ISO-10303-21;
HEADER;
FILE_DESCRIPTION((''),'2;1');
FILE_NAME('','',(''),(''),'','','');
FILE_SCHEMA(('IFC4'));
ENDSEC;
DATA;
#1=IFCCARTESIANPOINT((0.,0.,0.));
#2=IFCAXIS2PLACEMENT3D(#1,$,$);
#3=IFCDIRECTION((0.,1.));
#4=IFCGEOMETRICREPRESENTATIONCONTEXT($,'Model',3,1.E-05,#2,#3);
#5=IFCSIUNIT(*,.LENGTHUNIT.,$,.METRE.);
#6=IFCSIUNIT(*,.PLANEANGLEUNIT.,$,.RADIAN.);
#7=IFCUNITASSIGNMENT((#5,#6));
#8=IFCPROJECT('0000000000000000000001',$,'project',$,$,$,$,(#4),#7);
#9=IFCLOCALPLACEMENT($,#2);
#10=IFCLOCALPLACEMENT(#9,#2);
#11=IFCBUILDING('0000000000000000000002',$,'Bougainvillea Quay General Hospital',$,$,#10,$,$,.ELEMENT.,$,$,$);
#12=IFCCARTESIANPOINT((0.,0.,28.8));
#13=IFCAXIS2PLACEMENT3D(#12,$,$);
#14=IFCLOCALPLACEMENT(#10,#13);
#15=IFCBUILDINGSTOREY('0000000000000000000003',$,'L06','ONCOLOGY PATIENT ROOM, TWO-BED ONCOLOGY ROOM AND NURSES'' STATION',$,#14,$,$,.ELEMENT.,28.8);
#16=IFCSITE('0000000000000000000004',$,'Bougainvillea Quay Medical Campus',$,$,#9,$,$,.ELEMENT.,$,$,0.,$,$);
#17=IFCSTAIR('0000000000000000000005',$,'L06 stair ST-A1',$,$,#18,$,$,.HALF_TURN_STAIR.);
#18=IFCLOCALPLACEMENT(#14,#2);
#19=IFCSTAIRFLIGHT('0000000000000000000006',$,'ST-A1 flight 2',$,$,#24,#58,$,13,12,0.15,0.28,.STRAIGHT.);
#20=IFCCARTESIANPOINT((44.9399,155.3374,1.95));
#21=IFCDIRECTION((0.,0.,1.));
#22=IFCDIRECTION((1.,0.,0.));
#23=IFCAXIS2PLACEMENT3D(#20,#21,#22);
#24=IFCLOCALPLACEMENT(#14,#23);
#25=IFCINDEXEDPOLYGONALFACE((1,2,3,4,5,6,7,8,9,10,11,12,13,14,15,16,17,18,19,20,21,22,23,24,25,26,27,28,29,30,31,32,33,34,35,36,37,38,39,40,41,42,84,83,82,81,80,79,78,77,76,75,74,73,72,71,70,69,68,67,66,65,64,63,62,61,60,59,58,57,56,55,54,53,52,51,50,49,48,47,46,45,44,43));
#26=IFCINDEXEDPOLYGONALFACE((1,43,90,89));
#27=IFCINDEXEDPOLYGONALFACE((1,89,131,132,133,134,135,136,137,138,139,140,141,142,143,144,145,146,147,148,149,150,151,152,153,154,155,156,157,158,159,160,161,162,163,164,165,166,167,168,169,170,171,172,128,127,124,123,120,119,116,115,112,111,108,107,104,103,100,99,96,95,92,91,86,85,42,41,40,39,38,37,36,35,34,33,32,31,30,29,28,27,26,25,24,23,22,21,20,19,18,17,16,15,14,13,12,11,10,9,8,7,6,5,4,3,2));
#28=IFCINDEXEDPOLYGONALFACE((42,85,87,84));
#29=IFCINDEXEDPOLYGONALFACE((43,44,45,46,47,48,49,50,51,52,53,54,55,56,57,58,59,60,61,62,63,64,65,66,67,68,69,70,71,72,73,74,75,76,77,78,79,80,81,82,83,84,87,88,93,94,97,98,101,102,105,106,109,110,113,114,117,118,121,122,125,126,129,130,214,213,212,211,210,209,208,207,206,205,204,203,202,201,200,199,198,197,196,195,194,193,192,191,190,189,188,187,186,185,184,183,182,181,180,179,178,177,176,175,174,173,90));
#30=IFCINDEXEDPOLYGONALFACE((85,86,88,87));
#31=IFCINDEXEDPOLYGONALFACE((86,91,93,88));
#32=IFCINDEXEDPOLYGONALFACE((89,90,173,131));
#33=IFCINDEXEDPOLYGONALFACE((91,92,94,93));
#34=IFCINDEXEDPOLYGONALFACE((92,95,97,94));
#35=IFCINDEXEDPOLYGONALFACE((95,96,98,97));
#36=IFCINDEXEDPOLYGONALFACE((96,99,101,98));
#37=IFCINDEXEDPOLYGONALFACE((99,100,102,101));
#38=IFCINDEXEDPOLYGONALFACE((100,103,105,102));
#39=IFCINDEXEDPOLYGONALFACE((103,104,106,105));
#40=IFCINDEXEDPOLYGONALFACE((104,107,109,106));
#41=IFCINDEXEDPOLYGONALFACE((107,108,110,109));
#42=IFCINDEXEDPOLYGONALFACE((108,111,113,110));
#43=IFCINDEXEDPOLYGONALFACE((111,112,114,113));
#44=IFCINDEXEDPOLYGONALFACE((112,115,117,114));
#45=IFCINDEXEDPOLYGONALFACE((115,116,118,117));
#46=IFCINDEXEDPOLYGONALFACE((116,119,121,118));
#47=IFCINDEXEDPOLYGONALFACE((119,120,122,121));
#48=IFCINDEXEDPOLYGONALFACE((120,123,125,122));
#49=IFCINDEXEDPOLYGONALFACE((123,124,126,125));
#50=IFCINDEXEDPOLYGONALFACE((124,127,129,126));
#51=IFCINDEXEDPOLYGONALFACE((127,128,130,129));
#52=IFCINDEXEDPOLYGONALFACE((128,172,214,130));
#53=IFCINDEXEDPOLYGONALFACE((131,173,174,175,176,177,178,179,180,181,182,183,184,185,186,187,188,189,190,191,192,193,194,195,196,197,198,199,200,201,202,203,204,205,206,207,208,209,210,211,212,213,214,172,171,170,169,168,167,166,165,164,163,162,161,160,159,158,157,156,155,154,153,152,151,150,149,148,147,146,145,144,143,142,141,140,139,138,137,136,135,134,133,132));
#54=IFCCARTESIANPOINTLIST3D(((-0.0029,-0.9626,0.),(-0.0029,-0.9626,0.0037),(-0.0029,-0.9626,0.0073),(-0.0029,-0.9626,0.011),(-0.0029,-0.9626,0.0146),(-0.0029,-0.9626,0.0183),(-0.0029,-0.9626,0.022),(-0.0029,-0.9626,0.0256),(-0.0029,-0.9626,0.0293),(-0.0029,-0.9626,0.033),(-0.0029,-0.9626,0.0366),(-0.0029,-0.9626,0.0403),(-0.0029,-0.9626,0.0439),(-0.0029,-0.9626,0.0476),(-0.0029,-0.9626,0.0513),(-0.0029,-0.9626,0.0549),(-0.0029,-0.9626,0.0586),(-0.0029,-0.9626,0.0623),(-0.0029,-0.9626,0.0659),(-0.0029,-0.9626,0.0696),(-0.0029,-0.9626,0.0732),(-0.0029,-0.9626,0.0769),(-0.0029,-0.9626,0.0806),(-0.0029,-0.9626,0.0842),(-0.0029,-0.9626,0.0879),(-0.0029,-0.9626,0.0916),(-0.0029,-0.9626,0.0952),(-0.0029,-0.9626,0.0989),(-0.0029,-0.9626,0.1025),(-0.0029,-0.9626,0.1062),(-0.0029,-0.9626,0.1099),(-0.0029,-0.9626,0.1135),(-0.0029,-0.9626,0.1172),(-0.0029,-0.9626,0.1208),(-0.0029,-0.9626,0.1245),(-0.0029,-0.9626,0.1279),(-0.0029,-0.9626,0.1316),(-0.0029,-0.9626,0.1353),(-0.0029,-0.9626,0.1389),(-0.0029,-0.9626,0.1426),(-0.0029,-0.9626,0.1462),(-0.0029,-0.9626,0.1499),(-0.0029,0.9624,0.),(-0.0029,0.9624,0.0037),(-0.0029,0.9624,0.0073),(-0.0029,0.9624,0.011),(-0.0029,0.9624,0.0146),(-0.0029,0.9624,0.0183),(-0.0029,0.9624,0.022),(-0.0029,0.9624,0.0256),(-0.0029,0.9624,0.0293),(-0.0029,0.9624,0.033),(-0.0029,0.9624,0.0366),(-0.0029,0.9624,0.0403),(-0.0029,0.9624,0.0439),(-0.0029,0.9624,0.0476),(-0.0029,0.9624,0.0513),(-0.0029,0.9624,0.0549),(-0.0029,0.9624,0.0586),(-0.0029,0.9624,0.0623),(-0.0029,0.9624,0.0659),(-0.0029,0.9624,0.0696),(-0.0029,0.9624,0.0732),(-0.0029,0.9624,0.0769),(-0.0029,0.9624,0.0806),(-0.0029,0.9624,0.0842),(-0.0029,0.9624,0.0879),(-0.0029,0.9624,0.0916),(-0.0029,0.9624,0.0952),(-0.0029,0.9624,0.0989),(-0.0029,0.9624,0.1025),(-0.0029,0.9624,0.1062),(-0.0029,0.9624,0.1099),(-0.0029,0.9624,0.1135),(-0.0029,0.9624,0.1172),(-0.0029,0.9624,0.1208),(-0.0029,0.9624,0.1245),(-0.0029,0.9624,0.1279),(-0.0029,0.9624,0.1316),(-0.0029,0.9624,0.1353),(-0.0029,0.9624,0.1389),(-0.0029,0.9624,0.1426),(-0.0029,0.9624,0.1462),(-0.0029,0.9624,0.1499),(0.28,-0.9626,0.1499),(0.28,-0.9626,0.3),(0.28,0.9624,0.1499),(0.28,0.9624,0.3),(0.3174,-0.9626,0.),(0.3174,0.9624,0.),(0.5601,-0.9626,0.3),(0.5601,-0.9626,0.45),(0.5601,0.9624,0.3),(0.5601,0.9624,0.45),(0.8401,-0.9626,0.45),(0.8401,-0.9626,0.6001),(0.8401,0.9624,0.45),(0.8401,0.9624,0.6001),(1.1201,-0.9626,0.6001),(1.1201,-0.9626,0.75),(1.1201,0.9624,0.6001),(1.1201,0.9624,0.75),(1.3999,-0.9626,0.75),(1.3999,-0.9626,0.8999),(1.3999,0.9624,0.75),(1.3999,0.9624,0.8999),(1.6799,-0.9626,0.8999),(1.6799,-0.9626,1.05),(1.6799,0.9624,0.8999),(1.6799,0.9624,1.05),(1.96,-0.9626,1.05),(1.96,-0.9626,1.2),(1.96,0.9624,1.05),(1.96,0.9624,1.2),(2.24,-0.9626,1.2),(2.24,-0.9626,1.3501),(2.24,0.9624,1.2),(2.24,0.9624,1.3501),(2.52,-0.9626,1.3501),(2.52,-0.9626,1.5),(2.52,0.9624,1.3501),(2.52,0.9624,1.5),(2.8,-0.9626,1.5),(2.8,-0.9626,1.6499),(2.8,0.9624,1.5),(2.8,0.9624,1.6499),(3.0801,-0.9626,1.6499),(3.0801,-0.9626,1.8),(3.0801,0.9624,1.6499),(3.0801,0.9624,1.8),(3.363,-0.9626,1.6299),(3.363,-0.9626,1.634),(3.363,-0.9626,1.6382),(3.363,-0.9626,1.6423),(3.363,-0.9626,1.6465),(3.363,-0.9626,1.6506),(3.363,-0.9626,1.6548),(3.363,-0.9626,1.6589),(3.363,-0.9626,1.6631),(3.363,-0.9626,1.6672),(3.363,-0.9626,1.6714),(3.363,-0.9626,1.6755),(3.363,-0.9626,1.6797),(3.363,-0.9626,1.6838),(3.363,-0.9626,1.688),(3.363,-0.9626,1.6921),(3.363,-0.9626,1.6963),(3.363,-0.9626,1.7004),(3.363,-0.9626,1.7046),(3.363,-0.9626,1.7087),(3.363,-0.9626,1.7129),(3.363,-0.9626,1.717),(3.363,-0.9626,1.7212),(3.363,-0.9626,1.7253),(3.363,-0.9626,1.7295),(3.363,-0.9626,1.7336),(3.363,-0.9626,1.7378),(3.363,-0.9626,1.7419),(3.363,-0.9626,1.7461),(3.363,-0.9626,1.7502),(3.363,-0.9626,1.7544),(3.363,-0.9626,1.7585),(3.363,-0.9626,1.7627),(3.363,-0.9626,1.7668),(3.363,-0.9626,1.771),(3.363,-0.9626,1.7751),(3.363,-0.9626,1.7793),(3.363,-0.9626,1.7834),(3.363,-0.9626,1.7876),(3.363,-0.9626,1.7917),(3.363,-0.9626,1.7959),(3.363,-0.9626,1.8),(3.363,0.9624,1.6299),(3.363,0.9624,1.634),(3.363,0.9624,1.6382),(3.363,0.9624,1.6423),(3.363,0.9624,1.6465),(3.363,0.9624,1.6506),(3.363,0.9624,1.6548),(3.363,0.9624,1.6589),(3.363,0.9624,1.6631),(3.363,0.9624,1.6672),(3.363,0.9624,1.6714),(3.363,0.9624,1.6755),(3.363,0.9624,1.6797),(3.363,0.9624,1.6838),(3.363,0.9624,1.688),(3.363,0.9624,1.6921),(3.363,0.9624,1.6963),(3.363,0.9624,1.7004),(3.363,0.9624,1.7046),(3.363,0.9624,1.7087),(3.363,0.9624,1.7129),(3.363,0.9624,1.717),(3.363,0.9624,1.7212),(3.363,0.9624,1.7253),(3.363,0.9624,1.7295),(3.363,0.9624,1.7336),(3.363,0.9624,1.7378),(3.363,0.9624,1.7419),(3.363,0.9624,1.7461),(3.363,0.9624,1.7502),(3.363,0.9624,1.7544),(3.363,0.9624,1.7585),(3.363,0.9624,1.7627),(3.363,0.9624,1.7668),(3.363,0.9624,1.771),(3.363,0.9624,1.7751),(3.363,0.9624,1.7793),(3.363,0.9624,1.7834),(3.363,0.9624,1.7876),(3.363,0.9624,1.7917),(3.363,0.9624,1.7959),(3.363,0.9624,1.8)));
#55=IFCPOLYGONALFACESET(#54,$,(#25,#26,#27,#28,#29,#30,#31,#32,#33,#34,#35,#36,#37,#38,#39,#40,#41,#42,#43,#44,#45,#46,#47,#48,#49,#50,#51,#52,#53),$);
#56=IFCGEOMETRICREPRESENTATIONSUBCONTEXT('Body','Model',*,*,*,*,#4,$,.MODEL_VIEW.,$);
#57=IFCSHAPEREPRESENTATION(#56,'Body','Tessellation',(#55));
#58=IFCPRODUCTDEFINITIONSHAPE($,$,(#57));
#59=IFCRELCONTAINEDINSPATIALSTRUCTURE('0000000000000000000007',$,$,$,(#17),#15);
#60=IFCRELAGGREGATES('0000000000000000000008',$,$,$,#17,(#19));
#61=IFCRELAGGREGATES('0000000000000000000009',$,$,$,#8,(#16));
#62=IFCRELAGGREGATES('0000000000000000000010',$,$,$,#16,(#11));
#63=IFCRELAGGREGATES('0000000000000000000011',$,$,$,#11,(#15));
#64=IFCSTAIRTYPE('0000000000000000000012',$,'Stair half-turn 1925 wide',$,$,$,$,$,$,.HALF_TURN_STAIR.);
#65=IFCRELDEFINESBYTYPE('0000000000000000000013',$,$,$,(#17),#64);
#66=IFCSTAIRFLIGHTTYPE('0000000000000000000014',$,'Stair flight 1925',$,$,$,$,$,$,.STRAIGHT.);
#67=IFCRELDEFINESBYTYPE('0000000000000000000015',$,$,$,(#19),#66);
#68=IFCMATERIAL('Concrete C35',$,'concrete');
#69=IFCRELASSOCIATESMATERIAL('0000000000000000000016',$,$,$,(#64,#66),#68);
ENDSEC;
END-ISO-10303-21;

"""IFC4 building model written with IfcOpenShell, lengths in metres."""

from ifc_helpers import new_model, si_unit, direction, frame, origin, place, context, subcontext, project, spatial, polyline, outline, extrude, material, type_object, element, aggregate, save


model = new_model("IFC4")

# Units and contexts
model_context = context("Model", 3, precision=1e-05, world=origin(), true_north=direction((0.0, 1.0)))
body_context = subcontext(model_context, "Body", "Model", "MODEL_VIEW")
ifc_project = project(units=[si_unit("LENGTHUNIT", "METRE"), si_unit("PLANEANGLEUNIT", "RADIAN")], contexts=[model_context])

# Site, building, storey
site_placement = place(None, origin())
site = spatial("IfcSite", under=ifc_project, at=site_placement, Name="Bougainvillea Quay Medical Campus", CompositionType="ELEMENT", RefElevation=0.0)
building_placement = place(site_placement, origin())
building = spatial("IfcBuilding", under=site, at=building_placement, Name="Bougainvillea Quay General Hospital", CompositionType="ELEMENT")
storey_placement = place(building_placement, frame((0.0, 0.0, 28.8)))
storey = spatial("IfcBuildingStorey", under=building, at=storey_placement, Name="L06", Description="ONCOLOGY PATIENT ROOM, TWO-BED ONCOLOGY ROOM AND NURSES' STATION", CompositionType="ELEMENT", Elevation=28.8)

# Stair, stair flight
ifc_material_1 = material(Name="Concrete C35", Category="concrete")
stair_type = type_object("IfcStairType", Name="Stair half-turn 1925 wide", PredefinedType="HALF_TURN_STAIR", material=ifc_material_1)
stair_placement = place(storey_placement, origin())
stair = element("IfcStair", 1, at=stair_placement, inside=storey, type_object=stair_type, Name="L06 stair ST-A1", PredefinedType="HALF_TURN_STAIR")
stair_flight_type = type_object("IfcStairFlightType", Name="Stair flight 1925", PredefinedType="STRAIGHT", material=ifc_material_1)
stair_flight_1_placement = place(storey_placement, frame((44.9399, 155.3374, 1.95), z_axis=(0.0, 0.0, 1.0), x_axis=(1.0, 0.0, 0.0)))
stair_flight_1 = element("IfcStairFlight", 2, at=stair_flight_1_placement, type_object=stair_flight_type, Name="ST-A1 flight 2", NumberOfRisers=13, NumberOfTreads=12, PredefinedType="STRAIGHT", RiserHeight=0.15, TreadLength=0.28, context=body_context, shape_type="SweptSolid", body=[
    extrude(outline(polyline([(-0.0029, 0.0), (-0.0029, 0.0037), (-0.0029, 0.0073), (-0.0029, 0.011), (-0.0029, 0.0146), (-0.0029, 0.0183), (-0.0029, 0.022), (-0.0029, 0.0256), (-0.0029, 0.0293), (-0.0029, 0.033), (-0.0029, 0.0366), (-0.0029, 0.0403), (-0.0029, 0.0439), (-0.0029, 0.0476), (-0.0029, 0.0513), (-0.0029, 0.0549), (-0.0029, 0.0586), (-0.0029, 0.0623), (-0.0029, 0.0659), (-0.0029, 0.0696), (-0.0029, 0.0732), (-0.0029, 0.0769), (-0.0029, 0.0806), (-0.0029, 0.0842), (-0.0029, 0.0879), (-0.0029, 0.0916), (-0.0029, 0.0952), (-0.0029, 0.0989), (-0.0029, 0.1025), (-0.0029, 0.1062), (-0.0029, 0.1099), (-0.0029, 0.1135), (-0.0029, 0.1172), (-0.0029, 0.1208), (-0.0029, 0.1245), (-0.0029, 0.1279), (-0.0029, 0.1316), (-0.0029, 0.1353), (-0.0029, 0.1389), (-0.0029, 0.1426), (-0.0029, 0.1462), (-0.0029, 0.1499), (0.28, 0.1499), (0.28, 0.3), (0.5601, 0.3), (0.5601, 0.45), (0.8401, 0.45), (0.8401, 0.6001), (1.1201, 0.6001), (1.1201, 0.75), (1.3999, 0.75), (1.3999, 0.8999), (1.6799, 0.8999), (1.6799, 1.05), (1.96, 1.05), (1.96, 1.2), (2.24, 1.2), (2.24, 1.3501), (2.52, 1.3501), (2.52, 1.5), (2.8, 1.5), (2.8, 1.6499), (3.0801, 1.6499), (3.0801, 1.8), (3.363, 1.8), (3.363, 1.7959), (3.363, 1.7917), (3.363, 1.7876), (3.363, 1.7834), (3.363, 1.7793), (3.363, 1.7751), (3.363, 1.771), (3.363, 1.7668), (3.363, 1.7627), (3.363, 1.7585), (3.363, 1.7544), (3.363, 1.7502), (3.363, 1.7461), (3.363, 1.7419), (3.363, 1.7378), (3.363, 1.7336), (3.363, 1.7295), (3.363, 1.7253), (3.363, 1.7212), (3.363, 1.717), (3.363, 1.7129), (3.363, 1.7087), (3.363, 1.7046), (3.363, 1.7004), (3.363, 1.6963), (3.363, 1.6921), (3.363, 1.688), (3.363, 1.6838), (3.363, 1.6797), (3.363, 1.6755), (3.363, 1.6714), (3.363, 1.6672), (3.363, 1.6631), (3.363, 1.6589), (3.363, 1.6548), (3.363, 1.6506), (3.363, 1.6465), (3.363, 1.6423), (3.363, 1.6382), (3.363, 1.634), (3.363, 1.6299), (0.3174, 0.0), (-0.0029, 0.0)])), frame((0.0, 0.9624, 0.0), z_axis=(0.0, -1.0, 0.0), x_axis=(1.0, 0.0, 0.0)), (0.0, 0.0, 1.0), 1.925),
])
aggregate(stair, [stair_flight_1])

save(model, "model.ifc")
